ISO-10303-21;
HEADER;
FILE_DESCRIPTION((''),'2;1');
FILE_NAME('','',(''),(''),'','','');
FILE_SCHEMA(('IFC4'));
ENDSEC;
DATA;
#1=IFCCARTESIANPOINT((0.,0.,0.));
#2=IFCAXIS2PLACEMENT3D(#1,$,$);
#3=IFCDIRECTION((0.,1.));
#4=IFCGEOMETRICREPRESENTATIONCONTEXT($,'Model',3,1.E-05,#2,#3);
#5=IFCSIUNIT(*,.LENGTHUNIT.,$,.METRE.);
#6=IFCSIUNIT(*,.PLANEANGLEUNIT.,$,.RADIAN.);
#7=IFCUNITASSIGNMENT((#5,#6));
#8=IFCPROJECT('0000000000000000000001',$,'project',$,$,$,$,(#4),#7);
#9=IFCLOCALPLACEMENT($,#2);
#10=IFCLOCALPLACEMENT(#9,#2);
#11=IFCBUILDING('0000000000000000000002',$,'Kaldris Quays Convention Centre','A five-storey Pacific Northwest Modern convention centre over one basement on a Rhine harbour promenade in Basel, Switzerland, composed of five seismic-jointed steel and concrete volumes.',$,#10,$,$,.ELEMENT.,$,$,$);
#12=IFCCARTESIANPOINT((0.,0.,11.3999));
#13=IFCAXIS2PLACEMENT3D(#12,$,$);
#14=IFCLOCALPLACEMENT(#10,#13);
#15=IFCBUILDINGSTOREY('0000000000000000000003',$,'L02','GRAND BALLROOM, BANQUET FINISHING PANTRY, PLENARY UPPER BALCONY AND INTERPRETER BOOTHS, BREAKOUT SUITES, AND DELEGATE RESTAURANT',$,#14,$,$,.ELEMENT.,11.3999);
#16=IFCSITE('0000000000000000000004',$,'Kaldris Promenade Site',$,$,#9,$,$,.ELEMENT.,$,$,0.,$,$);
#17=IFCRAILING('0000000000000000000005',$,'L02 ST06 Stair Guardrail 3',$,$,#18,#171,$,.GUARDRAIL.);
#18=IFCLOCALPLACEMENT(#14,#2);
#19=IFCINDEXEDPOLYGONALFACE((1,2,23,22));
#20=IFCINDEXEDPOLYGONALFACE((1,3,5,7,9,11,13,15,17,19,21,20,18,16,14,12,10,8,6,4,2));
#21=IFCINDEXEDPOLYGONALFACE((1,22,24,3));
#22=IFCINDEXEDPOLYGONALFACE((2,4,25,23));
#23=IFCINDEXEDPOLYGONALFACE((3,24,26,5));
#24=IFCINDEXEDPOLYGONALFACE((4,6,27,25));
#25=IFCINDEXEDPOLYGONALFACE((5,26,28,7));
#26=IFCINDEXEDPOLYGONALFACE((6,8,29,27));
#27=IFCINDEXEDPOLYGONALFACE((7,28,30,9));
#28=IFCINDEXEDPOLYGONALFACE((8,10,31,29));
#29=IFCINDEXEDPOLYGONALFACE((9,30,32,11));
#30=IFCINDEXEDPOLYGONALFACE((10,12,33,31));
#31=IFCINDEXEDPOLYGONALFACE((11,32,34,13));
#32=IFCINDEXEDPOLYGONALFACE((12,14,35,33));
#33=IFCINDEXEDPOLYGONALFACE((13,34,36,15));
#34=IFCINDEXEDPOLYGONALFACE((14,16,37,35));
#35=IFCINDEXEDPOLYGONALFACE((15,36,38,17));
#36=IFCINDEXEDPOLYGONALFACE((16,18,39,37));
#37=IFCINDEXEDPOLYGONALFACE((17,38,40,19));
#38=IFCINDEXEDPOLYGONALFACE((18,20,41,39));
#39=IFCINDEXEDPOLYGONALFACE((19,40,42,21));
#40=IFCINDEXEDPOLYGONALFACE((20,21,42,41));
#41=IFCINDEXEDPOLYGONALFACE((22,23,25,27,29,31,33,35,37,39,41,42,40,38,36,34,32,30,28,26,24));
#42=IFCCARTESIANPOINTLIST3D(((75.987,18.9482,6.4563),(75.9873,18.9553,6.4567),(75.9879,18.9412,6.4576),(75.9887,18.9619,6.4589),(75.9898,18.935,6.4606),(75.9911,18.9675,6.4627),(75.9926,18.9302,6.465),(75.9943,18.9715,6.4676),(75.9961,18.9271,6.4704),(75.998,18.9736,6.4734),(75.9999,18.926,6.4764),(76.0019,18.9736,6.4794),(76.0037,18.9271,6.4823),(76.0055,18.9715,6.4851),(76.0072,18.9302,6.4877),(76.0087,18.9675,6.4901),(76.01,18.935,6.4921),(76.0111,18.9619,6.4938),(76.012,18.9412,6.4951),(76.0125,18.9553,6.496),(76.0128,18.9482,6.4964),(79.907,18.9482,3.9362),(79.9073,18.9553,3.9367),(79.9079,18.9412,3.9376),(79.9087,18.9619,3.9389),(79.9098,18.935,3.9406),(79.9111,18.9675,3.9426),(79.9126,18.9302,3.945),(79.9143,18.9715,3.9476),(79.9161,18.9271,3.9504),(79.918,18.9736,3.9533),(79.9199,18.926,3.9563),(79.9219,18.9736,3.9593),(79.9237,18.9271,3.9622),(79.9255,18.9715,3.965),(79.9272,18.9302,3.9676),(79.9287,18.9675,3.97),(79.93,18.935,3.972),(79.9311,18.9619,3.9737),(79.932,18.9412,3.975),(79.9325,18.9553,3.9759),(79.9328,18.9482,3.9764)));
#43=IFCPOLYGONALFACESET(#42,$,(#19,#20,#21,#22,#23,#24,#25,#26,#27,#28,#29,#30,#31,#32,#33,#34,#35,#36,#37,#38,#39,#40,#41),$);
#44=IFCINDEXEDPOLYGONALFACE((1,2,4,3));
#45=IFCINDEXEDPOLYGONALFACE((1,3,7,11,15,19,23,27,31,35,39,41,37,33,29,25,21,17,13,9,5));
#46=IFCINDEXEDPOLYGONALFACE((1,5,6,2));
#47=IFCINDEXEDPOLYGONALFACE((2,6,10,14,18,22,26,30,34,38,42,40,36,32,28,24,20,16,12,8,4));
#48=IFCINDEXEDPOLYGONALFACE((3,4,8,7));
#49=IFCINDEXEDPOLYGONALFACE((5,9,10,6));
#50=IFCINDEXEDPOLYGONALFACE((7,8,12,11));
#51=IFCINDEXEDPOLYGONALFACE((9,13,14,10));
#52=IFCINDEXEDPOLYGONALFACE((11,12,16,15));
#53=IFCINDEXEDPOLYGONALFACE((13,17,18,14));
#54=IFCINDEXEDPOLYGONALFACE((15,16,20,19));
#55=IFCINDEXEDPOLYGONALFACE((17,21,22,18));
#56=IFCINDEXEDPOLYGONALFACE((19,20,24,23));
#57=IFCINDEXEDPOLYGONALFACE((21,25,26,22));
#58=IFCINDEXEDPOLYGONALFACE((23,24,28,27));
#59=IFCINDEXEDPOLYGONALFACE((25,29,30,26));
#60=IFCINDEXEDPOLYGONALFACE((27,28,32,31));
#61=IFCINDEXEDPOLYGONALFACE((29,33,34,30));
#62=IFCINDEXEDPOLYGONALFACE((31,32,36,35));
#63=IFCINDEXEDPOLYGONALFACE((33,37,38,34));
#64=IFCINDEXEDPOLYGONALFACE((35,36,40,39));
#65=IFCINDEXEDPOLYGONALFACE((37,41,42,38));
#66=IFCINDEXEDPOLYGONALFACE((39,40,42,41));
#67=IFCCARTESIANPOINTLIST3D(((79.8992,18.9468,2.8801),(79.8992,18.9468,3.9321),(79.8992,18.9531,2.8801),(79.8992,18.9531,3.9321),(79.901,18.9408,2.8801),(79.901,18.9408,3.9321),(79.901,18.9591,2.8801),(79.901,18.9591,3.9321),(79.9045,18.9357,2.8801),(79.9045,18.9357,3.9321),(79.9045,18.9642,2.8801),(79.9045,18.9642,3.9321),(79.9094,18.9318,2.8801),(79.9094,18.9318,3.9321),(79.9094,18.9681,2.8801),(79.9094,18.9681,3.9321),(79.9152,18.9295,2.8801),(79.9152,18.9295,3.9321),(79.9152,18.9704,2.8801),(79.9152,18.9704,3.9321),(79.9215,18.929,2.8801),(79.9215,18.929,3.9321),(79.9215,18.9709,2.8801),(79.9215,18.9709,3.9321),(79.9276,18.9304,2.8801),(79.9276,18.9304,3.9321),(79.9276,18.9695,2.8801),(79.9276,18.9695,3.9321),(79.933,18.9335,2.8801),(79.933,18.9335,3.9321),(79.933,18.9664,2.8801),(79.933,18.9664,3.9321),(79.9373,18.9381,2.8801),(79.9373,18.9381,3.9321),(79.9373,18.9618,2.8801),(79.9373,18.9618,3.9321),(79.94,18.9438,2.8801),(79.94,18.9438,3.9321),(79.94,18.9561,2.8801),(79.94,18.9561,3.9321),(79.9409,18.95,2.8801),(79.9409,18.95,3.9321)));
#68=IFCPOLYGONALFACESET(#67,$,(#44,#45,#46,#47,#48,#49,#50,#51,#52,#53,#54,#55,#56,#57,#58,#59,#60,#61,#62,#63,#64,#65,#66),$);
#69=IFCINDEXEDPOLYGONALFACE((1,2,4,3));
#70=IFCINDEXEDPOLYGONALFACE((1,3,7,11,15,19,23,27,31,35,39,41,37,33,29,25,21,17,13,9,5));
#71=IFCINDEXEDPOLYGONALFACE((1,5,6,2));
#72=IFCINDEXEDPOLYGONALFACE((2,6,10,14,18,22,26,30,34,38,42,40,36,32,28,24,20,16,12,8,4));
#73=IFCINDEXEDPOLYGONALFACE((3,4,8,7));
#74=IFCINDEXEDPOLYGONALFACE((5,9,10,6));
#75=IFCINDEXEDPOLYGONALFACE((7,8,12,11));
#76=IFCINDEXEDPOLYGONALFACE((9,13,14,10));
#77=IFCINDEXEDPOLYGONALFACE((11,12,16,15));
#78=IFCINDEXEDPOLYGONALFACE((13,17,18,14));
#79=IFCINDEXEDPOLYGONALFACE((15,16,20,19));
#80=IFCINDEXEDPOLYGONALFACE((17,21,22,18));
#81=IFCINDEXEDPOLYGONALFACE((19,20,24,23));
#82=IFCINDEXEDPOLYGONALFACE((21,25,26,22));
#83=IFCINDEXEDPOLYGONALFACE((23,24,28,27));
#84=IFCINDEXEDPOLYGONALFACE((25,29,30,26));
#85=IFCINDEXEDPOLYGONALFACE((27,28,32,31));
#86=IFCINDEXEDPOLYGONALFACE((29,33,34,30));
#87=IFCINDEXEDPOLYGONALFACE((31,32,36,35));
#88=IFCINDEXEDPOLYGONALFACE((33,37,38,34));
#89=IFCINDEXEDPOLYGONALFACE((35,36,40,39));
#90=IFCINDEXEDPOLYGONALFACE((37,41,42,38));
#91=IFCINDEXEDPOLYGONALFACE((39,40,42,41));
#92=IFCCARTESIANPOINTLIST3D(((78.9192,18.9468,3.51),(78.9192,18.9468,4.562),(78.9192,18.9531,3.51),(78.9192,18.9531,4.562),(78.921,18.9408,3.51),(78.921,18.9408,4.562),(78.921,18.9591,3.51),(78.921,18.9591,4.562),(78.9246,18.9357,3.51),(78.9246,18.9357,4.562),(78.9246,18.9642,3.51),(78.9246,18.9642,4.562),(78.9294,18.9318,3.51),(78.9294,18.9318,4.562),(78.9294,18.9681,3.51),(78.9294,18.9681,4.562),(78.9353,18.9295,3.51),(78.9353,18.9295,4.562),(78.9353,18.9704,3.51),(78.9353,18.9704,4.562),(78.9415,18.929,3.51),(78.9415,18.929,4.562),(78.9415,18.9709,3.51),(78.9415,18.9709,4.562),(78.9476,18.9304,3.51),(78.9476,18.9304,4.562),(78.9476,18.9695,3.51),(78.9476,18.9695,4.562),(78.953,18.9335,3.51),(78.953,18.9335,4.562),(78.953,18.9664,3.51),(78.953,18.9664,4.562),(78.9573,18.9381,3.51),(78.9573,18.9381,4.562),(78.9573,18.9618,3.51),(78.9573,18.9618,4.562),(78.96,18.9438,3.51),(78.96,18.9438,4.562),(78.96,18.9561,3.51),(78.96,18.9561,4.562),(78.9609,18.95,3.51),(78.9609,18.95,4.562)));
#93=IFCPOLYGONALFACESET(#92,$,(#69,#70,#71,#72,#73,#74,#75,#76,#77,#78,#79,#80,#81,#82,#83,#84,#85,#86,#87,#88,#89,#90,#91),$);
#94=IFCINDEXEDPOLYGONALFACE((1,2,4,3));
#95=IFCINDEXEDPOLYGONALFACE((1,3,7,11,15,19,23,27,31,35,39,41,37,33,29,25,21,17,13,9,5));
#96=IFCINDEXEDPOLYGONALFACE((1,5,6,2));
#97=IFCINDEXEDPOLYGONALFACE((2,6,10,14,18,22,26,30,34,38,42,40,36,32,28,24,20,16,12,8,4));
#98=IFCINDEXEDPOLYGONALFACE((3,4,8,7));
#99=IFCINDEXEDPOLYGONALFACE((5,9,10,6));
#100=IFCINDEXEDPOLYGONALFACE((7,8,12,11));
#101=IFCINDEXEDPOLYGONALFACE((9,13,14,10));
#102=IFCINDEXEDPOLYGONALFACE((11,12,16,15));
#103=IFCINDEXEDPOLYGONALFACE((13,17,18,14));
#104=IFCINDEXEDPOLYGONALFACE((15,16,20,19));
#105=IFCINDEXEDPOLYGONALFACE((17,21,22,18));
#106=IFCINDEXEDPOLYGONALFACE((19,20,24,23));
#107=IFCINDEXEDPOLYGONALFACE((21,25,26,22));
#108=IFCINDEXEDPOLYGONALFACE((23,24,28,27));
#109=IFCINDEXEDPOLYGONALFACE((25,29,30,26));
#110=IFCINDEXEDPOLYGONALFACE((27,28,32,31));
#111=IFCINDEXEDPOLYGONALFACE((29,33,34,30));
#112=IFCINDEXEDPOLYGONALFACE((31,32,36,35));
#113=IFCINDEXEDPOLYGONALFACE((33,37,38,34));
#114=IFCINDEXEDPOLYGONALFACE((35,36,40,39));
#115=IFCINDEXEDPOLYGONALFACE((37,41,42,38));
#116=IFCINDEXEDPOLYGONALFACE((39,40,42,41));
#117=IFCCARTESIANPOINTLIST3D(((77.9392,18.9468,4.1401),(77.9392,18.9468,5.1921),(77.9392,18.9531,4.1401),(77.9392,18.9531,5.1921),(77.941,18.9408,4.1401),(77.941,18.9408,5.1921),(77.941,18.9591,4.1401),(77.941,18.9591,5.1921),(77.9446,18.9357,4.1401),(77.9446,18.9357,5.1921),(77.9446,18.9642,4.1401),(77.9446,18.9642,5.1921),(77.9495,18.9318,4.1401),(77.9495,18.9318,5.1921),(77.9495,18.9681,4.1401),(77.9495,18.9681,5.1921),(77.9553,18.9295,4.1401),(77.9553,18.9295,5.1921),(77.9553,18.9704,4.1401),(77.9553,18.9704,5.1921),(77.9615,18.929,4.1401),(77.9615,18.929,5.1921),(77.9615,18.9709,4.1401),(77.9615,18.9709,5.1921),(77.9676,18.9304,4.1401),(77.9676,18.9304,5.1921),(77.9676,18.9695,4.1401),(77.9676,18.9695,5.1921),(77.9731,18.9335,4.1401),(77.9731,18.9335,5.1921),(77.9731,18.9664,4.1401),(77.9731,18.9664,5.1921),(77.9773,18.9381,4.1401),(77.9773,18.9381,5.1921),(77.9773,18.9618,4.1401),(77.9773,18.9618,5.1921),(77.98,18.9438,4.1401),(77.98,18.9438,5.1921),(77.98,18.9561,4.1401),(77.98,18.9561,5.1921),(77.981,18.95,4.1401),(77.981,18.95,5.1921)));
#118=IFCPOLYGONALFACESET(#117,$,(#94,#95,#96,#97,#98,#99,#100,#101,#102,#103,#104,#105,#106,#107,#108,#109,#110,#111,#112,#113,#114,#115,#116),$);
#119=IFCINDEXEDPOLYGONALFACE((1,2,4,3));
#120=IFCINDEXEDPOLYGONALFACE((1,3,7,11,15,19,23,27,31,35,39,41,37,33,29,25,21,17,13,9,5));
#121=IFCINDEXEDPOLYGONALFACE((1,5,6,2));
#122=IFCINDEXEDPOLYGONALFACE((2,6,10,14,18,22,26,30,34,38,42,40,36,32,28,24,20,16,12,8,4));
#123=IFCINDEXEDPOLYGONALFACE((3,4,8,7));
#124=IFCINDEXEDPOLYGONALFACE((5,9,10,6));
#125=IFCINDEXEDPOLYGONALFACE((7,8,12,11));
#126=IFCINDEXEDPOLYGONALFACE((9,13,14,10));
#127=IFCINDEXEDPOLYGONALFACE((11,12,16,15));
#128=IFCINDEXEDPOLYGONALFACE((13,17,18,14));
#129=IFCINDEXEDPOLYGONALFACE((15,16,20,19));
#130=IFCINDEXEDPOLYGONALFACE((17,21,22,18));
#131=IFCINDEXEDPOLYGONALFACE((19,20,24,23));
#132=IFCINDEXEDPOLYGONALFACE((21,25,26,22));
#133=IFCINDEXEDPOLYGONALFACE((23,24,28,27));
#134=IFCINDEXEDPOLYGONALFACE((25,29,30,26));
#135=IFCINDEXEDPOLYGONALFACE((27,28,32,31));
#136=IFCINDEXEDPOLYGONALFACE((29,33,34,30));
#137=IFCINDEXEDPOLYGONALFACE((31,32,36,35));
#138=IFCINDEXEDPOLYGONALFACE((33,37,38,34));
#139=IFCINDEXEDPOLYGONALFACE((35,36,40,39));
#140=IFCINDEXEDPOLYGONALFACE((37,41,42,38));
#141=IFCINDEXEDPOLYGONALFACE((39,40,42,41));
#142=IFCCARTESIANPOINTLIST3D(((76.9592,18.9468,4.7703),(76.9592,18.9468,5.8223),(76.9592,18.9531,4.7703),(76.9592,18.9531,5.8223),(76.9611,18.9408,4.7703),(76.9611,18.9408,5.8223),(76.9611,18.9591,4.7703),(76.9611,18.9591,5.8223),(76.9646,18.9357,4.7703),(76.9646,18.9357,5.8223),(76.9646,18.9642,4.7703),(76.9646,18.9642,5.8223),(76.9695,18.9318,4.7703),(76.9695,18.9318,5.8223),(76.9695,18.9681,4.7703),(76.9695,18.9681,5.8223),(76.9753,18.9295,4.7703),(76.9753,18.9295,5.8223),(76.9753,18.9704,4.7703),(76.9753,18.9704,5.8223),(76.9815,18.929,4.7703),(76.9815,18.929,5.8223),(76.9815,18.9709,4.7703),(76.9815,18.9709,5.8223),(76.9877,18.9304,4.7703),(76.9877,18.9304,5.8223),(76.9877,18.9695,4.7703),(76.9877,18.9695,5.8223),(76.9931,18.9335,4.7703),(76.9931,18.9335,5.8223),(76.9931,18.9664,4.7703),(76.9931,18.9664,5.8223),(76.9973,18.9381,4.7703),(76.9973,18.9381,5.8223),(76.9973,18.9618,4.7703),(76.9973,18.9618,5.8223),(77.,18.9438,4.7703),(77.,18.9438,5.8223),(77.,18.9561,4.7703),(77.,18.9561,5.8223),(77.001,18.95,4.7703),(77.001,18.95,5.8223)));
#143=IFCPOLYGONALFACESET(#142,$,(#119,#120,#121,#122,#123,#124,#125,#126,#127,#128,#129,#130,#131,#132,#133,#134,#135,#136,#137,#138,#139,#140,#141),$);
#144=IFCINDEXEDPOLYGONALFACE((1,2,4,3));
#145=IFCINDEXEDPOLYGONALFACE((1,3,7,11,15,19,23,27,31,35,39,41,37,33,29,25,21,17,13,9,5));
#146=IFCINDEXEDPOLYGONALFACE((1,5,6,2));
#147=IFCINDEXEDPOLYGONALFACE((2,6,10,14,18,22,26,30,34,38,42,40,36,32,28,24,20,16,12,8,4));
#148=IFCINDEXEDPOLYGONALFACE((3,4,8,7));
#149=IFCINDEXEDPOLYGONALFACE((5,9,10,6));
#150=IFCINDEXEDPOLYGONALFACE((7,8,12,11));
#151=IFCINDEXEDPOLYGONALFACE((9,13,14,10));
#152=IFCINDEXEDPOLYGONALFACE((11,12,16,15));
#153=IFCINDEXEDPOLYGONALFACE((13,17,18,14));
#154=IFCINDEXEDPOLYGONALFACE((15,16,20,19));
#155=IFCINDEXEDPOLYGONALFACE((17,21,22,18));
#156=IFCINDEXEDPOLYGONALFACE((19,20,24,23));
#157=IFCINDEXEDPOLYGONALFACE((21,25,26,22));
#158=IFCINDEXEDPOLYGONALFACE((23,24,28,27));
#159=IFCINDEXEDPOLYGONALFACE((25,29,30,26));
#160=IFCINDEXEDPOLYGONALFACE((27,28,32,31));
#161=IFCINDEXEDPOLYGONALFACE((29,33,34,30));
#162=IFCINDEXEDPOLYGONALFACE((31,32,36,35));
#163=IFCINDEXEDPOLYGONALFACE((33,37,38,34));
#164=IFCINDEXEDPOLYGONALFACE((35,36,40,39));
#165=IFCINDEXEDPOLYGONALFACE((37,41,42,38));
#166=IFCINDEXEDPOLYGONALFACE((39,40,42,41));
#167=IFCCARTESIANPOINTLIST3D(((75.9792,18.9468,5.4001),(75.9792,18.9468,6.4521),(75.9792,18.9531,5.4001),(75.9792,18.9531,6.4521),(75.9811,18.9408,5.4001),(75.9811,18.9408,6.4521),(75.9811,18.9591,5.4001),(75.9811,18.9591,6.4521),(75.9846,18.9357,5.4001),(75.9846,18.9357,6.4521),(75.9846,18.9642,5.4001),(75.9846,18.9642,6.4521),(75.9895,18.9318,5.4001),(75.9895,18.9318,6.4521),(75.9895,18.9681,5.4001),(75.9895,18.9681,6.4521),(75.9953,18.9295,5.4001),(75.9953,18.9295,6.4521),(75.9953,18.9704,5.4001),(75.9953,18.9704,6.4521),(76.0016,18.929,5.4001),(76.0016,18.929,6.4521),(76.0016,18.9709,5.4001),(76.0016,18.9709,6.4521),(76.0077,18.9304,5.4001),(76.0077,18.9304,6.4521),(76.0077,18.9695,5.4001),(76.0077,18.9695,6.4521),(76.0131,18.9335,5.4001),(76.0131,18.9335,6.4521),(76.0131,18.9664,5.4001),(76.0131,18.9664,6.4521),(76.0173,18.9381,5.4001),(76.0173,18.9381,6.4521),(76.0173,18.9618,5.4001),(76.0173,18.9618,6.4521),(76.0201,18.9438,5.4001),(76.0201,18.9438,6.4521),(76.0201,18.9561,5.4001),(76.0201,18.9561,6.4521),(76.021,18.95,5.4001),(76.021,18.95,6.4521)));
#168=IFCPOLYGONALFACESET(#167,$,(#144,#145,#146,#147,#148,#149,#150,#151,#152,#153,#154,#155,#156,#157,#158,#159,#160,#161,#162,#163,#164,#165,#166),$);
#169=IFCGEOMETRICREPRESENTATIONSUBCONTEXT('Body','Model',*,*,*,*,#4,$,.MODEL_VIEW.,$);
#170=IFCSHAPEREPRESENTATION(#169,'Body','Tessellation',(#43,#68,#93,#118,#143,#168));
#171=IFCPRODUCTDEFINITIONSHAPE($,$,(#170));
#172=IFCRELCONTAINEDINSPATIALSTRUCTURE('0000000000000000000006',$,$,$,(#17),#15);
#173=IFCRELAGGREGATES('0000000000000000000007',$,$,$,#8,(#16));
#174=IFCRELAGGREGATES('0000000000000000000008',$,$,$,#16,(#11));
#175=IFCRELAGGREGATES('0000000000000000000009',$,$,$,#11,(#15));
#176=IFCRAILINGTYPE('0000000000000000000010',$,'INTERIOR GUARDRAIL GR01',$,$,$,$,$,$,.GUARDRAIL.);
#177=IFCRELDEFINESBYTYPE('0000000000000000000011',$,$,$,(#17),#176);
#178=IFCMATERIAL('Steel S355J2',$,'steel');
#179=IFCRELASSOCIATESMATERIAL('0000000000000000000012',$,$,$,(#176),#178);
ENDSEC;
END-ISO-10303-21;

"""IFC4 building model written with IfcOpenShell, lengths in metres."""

from ifc_helpers import new_model, si_unit, direction, frame, origin, origin_2d, place, context, subcontext, project, spatial, circle, extrude, material, type_object, element, save


model = new_model("IFC4")

# Units and contexts
model_context = context("Model", 3, precision=1e-05, world=origin(), true_north=direction((0.0, 1.0)))
body_context = subcontext(model_context, "Body", "Model", "MODEL_VIEW")
ifc_project = project(units=[si_unit("LENGTHUNIT", "METRE"), si_unit("PLANEANGLEUNIT", "RADIAN")], contexts=[model_context])

# Site, building, storey
site_placement = place(None, origin())
site = spatial("IfcSite", under=ifc_project, at=site_placement, Name="Kaldris Promenade Site", CompositionType="ELEMENT", RefElevation=0.0)
building_placement = place(site_placement, origin())
building = spatial("IfcBuilding", under=site, at=building_placement, Name="Kaldris Quays Convention Centre", Description="A five-storey Pacific Northwest Modern convention centre over one basement on a Rhine harbour promenade in Basel, Switzerland, composed of five seismic-jointed steel and concrete volumes.", CompositionType="ELEMENT")
storey_placement = place(building_placement, frame((0.0, 0.0, 11.3999)))
storey = spatial("IfcBuildingStorey", under=building, at=storey_placement, Name="L02", Description="GRAND BALLROOM, BANQUET FINISHING PANTRY, PLENARY UPPER BALCONY AND INTERPRETER BOOTHS, BREAKOUT SUITES, AND DELEGATE RESTAURANT", CompositionType="ELEMENT", Elevation=11.3999)

# Shared definitions
ifc_material_1 = material(Name="Steel S355J2", Category="steel")

# Railing
railing_type_1 = type_object("IfcRailingType", Name="INTERIOR GUARDRAIL GR01", PredefinedType="GUARDRAIL", material=ifc_material_1)
railing_1_placement = place(storey_placement, frame((79.9199, 18.95, 2.8801)))
element("IfcRailing", 1, at=railing_1_placement, inside=storey, type_object=railing_type_1, Name="L02 ST06 Stair Guardrail 3", PredefinedType="GUARDRAIL", context=body_context, shape_type="SweptSolid", body=[
    extrude(circle(Radius=0.0239, at=origin_2d()), frame((0.0, 0.0, 1.0762), z_axis=(-0.841172, 0.0, 0.540768), x_axis=(0.0, -1.0, 0.0)), (0.0, 0.0, 1.0), 4.6602),
    extrude(circle(Radius=0.021, at=origin_2d()), origin(), (0.0, 0.0, 1.0), 1.052),
    extrude(circle(Radius=0.021, at=origin_2d()), frame((-0.98, 0.0, 0.6299)), (0.0, 0.0, 1.0), 1.052),
    extrude(circle(Radius=0.021, at=origin_2d()), frame((-1.96, 0.0, 1.26)), (0.0, 0.0, 1.0), 1.052),
    extrude(circle(Radius=0.021, at=origin_2d()), frame((-2.9399, 0.0, 1.8901)), (0.0, 0.0, 1.0), 1.052),
    extrude(circle(Radius=0.021, at=origin_2d()), frame((-3.9199, 0.0, 2.52)), (0.0, 0.0, 1.0), 1.052),
])

save(model, "model.ifc")
